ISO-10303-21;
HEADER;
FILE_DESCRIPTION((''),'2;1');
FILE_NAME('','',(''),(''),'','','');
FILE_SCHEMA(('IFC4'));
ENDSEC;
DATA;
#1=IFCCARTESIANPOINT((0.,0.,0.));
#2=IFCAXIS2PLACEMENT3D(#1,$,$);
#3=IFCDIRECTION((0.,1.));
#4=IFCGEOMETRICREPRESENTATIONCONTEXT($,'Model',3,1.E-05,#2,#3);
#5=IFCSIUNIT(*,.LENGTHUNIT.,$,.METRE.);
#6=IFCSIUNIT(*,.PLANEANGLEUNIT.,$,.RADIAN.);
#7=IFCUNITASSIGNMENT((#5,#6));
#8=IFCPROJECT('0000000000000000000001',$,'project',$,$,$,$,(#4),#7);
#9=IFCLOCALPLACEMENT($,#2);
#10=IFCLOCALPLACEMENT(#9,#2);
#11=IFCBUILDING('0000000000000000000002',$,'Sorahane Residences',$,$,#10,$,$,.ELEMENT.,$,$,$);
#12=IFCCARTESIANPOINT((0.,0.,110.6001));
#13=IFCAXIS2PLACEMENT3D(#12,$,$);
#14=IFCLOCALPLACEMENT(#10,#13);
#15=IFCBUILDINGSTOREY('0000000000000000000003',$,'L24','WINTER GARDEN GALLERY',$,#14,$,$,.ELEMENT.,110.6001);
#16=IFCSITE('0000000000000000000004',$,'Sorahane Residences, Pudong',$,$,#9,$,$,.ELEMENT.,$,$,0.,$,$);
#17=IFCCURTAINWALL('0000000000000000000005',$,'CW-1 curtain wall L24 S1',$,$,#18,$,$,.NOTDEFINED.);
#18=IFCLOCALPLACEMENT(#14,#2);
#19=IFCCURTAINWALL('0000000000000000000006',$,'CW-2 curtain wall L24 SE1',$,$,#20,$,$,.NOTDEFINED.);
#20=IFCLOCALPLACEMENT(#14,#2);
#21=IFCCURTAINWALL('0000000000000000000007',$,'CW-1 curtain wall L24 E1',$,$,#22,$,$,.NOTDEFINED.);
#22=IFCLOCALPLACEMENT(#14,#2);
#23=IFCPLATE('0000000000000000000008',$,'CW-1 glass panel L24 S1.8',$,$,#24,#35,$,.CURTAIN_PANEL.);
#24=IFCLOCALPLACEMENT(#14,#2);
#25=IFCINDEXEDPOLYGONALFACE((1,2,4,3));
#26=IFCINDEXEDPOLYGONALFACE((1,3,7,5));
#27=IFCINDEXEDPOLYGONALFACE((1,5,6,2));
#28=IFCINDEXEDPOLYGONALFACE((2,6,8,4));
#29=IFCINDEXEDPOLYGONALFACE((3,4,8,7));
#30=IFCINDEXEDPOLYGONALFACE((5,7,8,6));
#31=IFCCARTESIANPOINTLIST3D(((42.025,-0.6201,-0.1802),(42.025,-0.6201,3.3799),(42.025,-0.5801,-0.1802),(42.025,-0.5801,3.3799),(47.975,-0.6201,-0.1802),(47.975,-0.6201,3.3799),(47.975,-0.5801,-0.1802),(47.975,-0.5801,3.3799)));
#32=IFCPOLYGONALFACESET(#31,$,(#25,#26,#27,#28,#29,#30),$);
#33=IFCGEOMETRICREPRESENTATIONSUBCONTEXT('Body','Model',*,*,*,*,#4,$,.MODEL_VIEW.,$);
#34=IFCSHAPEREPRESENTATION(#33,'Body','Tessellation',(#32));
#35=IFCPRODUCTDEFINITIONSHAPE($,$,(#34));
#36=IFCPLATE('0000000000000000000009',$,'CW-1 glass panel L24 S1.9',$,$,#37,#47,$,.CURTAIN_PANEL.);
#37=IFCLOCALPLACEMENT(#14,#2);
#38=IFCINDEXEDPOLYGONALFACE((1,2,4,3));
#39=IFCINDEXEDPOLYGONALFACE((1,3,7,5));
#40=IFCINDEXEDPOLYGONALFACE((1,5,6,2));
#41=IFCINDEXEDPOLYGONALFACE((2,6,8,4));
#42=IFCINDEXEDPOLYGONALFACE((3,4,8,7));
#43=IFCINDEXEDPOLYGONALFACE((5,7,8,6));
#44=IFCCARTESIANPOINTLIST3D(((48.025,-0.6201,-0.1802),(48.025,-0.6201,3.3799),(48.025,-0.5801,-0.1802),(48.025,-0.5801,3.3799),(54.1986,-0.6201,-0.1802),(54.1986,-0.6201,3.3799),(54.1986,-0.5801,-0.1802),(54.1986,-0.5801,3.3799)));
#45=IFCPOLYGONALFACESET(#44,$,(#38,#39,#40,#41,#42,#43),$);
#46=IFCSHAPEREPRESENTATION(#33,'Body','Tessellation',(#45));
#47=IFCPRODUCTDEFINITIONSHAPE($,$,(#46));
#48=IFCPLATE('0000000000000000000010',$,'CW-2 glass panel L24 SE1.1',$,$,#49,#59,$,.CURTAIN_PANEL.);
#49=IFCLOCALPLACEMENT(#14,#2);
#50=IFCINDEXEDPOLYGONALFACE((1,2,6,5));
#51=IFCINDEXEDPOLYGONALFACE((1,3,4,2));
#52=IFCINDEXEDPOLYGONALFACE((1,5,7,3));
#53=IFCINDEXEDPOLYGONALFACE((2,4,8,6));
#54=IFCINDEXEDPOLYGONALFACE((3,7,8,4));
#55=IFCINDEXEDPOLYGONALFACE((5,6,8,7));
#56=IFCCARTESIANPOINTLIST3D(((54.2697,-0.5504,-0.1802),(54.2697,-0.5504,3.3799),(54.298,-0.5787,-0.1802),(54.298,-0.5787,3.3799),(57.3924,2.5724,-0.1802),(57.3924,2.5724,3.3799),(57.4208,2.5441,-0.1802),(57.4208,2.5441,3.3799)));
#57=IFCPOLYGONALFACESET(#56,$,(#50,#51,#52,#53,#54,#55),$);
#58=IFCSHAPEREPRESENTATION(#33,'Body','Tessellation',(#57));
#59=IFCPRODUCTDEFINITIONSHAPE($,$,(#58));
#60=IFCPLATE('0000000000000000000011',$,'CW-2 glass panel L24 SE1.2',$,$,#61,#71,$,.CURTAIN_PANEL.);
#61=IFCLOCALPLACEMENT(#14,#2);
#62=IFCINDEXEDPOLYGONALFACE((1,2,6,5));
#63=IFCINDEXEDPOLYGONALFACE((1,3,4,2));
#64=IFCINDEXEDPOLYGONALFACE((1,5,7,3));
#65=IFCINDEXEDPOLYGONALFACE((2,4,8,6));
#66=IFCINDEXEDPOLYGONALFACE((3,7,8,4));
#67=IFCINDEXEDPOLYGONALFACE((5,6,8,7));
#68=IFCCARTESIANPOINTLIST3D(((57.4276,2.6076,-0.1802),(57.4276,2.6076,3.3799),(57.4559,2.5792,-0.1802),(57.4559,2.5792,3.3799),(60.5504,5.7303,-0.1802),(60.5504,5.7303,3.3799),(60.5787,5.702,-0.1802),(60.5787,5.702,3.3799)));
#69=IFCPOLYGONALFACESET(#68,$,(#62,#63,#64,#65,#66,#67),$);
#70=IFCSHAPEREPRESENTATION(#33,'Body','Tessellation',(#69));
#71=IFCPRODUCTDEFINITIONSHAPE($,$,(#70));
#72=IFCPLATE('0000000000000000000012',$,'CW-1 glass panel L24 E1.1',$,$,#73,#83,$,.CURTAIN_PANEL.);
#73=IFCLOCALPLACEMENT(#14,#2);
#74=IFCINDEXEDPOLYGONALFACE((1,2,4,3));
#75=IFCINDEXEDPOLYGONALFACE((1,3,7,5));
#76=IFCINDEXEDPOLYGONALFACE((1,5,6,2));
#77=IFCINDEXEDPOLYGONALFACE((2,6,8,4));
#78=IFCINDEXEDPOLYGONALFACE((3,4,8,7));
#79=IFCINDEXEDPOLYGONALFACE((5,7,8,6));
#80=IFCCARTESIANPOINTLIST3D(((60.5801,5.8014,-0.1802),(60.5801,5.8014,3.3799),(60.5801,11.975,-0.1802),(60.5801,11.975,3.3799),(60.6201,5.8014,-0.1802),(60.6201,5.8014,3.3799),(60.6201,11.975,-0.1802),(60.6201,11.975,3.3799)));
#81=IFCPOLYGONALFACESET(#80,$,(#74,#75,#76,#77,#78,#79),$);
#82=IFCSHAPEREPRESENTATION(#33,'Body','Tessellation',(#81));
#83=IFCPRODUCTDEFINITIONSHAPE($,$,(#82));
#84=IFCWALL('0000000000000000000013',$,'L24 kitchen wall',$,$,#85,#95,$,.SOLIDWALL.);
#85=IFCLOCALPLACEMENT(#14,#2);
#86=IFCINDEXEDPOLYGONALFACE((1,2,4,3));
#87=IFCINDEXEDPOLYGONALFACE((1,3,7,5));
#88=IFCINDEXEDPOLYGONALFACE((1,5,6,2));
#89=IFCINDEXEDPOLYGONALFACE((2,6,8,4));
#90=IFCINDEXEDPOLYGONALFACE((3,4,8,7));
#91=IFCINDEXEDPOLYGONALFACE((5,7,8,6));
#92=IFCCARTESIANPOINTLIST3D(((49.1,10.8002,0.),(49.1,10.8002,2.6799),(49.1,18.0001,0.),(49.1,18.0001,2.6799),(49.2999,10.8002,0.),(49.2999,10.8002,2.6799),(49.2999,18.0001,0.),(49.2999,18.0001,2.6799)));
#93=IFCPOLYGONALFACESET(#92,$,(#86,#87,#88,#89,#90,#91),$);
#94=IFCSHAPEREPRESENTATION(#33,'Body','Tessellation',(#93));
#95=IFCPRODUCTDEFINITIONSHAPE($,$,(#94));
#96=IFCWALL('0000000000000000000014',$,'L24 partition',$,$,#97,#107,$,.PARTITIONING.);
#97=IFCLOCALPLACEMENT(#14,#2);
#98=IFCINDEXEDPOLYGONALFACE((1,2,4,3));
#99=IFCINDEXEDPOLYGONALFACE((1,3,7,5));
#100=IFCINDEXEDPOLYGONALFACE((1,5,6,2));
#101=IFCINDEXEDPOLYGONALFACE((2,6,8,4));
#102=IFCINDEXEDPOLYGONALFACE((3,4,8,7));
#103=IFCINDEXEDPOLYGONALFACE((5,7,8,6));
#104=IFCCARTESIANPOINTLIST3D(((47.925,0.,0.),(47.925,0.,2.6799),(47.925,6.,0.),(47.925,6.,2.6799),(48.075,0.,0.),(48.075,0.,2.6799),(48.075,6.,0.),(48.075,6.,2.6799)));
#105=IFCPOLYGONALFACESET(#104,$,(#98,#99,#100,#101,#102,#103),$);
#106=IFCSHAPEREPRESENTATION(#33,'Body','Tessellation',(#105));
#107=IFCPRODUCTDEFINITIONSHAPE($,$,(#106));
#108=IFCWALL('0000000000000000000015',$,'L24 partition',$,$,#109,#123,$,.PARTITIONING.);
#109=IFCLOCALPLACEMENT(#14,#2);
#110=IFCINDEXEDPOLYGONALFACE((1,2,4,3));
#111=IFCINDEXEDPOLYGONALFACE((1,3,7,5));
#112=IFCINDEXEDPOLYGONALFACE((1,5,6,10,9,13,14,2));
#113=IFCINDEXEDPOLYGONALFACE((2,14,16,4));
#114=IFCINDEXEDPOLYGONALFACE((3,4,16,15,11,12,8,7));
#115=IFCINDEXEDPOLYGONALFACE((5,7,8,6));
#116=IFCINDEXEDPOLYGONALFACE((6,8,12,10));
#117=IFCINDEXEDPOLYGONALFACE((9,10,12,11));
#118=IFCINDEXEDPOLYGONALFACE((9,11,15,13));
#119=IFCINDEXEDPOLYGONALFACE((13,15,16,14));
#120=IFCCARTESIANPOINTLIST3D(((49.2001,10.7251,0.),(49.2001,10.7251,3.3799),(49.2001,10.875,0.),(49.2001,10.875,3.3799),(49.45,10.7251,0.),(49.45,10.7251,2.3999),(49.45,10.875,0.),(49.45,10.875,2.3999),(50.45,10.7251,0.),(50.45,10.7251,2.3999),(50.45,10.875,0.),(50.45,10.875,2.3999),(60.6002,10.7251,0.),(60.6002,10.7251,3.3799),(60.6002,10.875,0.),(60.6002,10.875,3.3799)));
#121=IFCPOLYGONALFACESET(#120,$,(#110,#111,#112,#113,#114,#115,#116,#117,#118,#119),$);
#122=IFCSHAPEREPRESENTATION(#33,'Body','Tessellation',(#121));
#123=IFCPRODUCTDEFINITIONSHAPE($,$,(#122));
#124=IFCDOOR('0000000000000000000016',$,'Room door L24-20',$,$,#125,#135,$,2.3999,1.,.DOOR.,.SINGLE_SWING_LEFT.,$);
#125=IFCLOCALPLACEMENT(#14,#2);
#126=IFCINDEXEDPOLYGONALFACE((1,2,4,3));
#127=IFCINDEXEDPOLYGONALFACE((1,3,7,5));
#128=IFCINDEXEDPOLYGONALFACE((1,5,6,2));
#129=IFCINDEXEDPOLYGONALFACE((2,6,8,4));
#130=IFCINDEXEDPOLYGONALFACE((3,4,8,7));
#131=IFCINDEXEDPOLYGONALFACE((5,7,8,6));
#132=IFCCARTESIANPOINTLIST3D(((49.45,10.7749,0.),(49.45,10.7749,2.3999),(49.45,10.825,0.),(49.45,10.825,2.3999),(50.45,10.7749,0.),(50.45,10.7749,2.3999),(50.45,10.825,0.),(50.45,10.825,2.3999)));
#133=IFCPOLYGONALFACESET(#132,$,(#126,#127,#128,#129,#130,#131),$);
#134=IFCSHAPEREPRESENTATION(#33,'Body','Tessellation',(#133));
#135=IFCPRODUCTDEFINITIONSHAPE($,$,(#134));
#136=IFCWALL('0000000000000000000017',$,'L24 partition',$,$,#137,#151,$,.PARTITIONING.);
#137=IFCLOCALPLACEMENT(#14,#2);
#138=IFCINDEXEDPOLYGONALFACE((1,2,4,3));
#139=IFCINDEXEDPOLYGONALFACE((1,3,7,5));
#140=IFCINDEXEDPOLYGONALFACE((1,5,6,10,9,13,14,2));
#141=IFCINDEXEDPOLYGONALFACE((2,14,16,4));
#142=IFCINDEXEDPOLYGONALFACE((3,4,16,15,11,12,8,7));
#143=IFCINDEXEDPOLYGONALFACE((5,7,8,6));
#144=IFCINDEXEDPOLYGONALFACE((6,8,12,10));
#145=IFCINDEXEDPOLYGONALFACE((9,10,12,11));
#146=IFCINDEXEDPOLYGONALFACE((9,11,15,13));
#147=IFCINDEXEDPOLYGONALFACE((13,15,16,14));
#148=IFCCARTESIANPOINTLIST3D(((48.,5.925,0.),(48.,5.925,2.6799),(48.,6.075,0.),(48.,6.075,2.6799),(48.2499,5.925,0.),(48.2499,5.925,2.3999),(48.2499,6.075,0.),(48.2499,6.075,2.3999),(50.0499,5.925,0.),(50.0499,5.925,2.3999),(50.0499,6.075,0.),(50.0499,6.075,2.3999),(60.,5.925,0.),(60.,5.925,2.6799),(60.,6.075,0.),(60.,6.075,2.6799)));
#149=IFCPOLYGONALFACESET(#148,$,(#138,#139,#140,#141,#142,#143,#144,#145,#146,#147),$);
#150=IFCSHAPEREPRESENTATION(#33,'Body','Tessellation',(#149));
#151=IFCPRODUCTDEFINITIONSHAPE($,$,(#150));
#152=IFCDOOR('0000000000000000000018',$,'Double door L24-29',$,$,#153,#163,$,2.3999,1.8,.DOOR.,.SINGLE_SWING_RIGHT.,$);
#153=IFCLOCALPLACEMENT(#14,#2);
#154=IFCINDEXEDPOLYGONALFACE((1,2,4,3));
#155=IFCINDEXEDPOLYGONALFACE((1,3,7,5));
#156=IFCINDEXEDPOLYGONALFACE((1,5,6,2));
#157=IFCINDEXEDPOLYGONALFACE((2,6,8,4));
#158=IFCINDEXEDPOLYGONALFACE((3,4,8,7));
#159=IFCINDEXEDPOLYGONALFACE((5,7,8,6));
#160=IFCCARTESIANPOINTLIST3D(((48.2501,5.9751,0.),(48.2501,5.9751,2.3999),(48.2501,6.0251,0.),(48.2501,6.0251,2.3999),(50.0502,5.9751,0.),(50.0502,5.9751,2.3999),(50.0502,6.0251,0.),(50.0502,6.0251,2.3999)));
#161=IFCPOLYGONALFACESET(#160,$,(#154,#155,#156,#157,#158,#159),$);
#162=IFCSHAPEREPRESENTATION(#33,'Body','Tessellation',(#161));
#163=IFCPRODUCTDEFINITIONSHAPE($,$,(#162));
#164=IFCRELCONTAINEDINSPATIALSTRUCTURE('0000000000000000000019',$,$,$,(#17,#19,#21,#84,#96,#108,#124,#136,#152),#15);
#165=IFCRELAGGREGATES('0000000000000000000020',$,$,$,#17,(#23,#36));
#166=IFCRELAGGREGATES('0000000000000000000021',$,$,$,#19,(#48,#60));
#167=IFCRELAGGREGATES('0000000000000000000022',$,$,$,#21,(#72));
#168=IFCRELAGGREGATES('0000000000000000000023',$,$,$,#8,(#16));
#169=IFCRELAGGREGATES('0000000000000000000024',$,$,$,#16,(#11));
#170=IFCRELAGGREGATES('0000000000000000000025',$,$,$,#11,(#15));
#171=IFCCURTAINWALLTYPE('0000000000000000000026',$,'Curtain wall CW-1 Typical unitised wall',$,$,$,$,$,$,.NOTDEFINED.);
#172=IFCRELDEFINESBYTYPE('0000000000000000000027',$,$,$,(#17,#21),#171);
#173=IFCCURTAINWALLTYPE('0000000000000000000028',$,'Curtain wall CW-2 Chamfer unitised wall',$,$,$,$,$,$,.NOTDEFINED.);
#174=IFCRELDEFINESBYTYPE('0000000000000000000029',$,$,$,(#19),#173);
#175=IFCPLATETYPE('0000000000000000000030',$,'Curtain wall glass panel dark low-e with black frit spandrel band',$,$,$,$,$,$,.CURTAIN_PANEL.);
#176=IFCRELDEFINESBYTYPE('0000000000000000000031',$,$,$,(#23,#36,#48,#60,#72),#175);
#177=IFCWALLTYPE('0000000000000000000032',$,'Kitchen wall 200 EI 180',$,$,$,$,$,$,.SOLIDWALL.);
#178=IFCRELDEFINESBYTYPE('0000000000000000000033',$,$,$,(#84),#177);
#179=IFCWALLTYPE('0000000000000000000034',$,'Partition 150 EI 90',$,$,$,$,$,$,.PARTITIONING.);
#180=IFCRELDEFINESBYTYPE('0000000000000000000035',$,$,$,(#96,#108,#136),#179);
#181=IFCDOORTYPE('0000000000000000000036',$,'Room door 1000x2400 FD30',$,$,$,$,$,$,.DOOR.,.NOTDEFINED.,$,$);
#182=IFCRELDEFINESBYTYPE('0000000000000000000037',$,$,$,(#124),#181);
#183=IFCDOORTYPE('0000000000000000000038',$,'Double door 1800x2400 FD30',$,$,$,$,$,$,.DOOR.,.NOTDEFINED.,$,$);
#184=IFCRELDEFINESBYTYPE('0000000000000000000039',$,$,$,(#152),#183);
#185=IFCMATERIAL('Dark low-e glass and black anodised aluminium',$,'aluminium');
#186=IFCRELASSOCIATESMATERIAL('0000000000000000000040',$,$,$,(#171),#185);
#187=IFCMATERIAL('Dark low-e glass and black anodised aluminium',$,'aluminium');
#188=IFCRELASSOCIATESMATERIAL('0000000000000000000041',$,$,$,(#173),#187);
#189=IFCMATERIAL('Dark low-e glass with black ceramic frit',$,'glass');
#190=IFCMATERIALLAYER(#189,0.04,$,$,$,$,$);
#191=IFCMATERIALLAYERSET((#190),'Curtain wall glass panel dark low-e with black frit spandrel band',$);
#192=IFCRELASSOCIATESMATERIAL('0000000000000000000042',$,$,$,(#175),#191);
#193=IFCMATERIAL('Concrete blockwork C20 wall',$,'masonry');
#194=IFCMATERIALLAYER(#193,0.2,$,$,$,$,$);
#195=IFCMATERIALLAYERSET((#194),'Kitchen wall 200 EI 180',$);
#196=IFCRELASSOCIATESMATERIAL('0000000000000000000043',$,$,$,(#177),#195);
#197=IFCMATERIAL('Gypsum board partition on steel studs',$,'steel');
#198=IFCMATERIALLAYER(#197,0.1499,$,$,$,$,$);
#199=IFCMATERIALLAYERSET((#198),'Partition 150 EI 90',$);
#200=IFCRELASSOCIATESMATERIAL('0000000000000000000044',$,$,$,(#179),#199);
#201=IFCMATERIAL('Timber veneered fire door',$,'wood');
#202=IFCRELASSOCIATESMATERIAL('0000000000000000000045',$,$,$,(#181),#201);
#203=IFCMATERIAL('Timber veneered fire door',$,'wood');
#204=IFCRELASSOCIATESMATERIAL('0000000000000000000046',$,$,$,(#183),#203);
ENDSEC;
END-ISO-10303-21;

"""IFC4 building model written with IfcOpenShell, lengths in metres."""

from ifc_helpers import new_model, si_unit, direction, frame, frame_2d, origin, origin_2d, place, context, subcontext, project, spatial, rectangle, extrude, material, layer, layer_set, type_object, element, fill, aggregate, save


model = new_model("IFC4")

# Units and contexts
model_context = context("Model", 3, precision=1e-05, world=origin(), true_north=direction((0.0, 1.0)))
body_context = subcontext(model_context, "Body", "Model", "MODEL_VIEW")
ifc_project = project(units=[si_unit("LENGTHUNIT", "METRE"), si_unit("PLANEANGLEUNIT", "RADIAN")], contexts=[model_context])

# Site, building, storey
site_placement = place(None, origin())
site = spatial("IfcSite", under=ifc_project, at=site_placement, Name="Sorahane Residences, Pudong", CompositionType="ELEMENT", RefElevation=0.0)
building_placement = place(site_placement, origin())
building = spatial("IfcBuilding", under=site, at=building_placement, Name="Sorahane Residences", CompositionType="ELEMENT")
storey_placement = place(building_placement, frame((0.0, 0.0, 110.6001)))
storey = spatial("IfcBuildingStorey", under=building, at=storey_placement, Name="L24", Description="WINTER GARDEN GALLERY", CompositionType="ELEMENT", Elevation=110.6001)

# Curtain walls
ifc_material_1 = material(Name="Dark low-e glass and black anodised aluminium", Category="aluminium")
curtain_wall_type_1 = type_object("IfcCurtainWallType", Name="Curtain wall CW-1 Typical unitised wall", PredefinedType="NOTDEFINED", material=ifc_material_1)
curtain_wall_1_placement = place(storey_placement, origin())
curtain_wall_1 = element("IfcCurtainWall", 1, at=curtain_wall_1_placement, inside=storey, type_object=curtain_wall_type_1, Name="CW-1 curtain wall L24 S1", PredefinedType="NOTDEFINED")
ifc_material_2 = material(Name="Dark low-e glass and black anodised aluminium", Category="aluminium")
curtain_wall_type_2 = type_object("IfcCurtainWallType", Name="Curtain wall CW-2 Chamfer unitised wall", PredefinedType="NOTDEFINED", material=ifc_material_2)
curtain_wall_2_placement = place(storey_placement, origin())
curtain_wall_2 = element("IfcCurtainWall", 2, at=curtain_wall_2_placement, inside=storey, type_object=curtain_wall_type_2, Name="CW-2 curtain wall L24 SE1", PredefinedType="NOTDEFINED")

# Curtain wall
curtain_wall_3_placement = place(storey_placement, origin())
curtain_wall_3 = element("IfcCurtainWall", 3, at=curtain_wall_3_placement, inside=storey, type_object=curtain_wall_type_1, Name="CW-1 curtain wall L24 E1", PredefinedType="NOTDEFINED")

# Plates
ifc_material_3 = material(Name="Dark low-e glass with black ceramic frit", Category="glass")
ifc_layer_1 = layer(ifc_material_3, 0.04)
ifc_layer_set_1 = layer_set([ifc_layer_1], Name="Curtain wall glass panel dark low-e with black frit spandrel band")
plate_type = type_object("IfcPlateType", Name="Curtain wall glass panel dark low-e with black frit spandrel band", PredefinedType="CURTAIN_PANEL", material=ifc_layer_set_1)
plate_1_placement = place(storey_placement, frame((45.0, -0.6001, -0.1802), z_axis=(0.0, 0.0, 1.0), x_axis=(1.0, 0.0, 0.0)))
plate_1 = element("IfcPlate", 4, at=plate_1_placement, type_object=plate_type, Name="CW-1 glass panel L24 S1.8", PredefinedType="CURTAIN_PANEL", context=body_context, shape_type="SweptSolid", body=[
    extrude(rectangle(XDim=5.95, YDim=0.04, at=origin_2d()), origin(), (0.0, 0.0, 1.0), 3.5601),
])
plate_2_placement = place(storey_placement, frame((51.1118, -0.6001, -0.1802), z_axis=(0.0, 0.0, 1.0), x_axis=(1.0, 0.0, 0.0)))
plate_2 = element("IfcPlate", 5, at=plate_2_placement, type_object=plate_type, Name="CW-1 glass panel L24 S1.9", PredefinedType="CURTAIN_PANEL", context=body_context, shape_type="SweptSolid", body=[
    extrude(rectangle(XDim=6.1736, YDim=0.04, at=origin_2d()), origin(), (0.0, 0.0, 1.0), 3.5601),
])
aggregate(curtain_wall_1, [plate_1, plate_2])
plate_3_placement = place(storey_placement, frame((55.8452, 0.9968, -0.1802), z_axis=(0.0, 0.0, 1.0), x_axis=(0.707107, 0.707107, 0.0)))
plate_3 = element("IfcPlate", 6, at=plate_3_placement, type_object=plate_type, Name="CW-2 glass panel L24 SE1.1", PredefinedType="CURTAIN_PANEL", context=body_context, shape_type="SweptSolid", body=[
    extrude(rectangle(XDim=4.4163, YDim=0.04, at=origin_2d()), origin(), (0.0, 0.0, 1.0), 3.5601),
])
plate_4_placement = place(storey_placement, frame((59.0032, 4.1548, -0.1802), z_axis=(0.0, 0.0, 1.0), x_axis=(0.707107, 0.707107, 0.0)))
plate_4 = element("IfcPlate", 7, at=plate_4_placement, type_object=plate_type, Name="CW-2 glass panel L24 SE1.2", PredefinedType="CURTAIN_PANEL", context=body_context, shape_type="SweptSolid", body=[
    extrude(rectangle(XDim=4.4163, YDim=0.04, at=origin_2d()), origin(), (0.0, 0.0, 1.0), 3.5601),
])
aggregate(curtain_wall_2, [plate_3, plate_4])
plate_5_placement = place(storey_placement, frame((60.6001, 8.8882, -0.1802), z_axis=(0.0, 0.0, 1.0), x_axis=(0.0, 1.0, 0.0)))
plate_5 = element("IfcPlate", 8, at=plate_5_placement, type_object=plate_type, Name="CW-1 glass panel L24 E1.1", PredefinedType="CURTAIN_PANEL", context=body_context, shape_type="SweptSolid", body=[
    extrude(rectangle(XDim=6.1736, YDim=0.04, at=origin_2d()), origin(), (0.0, 0.0, 1.0), 3.5601),
])
aggregate(curtain_wall_3, [plate_5])

# Walls
ifc_material_4 = material(Name="Concrete blockwork C20 wall", Category="masonry")
ifc_layer_2 = layer(ifc_material_4, 0.2)
ifc_layer_set_2 = layer_set([ifc_layer_2], Name="Kitchen wall 200 EI 180")
wall_type_1 = type_object("IfcWallType", Name="Kitchen wall 200 EI 180", PredefinedType="SOLIDWALL", material=ifc_layer_set_2)
wall_1_placement = place(storey_placement, frame((49.2, 10.8, 0.0), z_axis=(0.0, 0.0, 1.0), x_axis=(0.0, 1.0, 0.0)))
element("IfcWall", 9, at=wall_1_placement, inside=storey, type_object=wall_type_1, Name="L24 kitchen wall", PredefinedType="SOLIDWALL", context=body_context, shape_type="SweptSolid", body=[
    extrude(rectangle(XDim=7.2, YDim=0.2, at=frame_2d((3.6001, 0.0))), origin(), (0.0, 0.0, 1.0), 2.6799),
])
ifc_material_5 = material(Name="Gypsum board partition on steel studs", Category="steel")
ifc_layer_3 = layer(ifc_material_5, 0.1499)
ifc_layer_set_3 = layer_set([ifc_layer_3], Name="Partition 150 EI 90")
wall_type_2 = type_object("IfcWallType", Name="Partition 150 EI 90", PredefinedType="PARTITIONING", material=ifc_layer_set_3)
wall_2_placement = place(storey_placement, frame((48.0, 0.0, 0.0), z_axis=(0.0, 0.0, 1.0), x_axis=(0.0, 1.0, 0.0)))
element("IfcWall", 10, at=wall_2_placement, inside=storey, type_object=wall_type_2, Name="L24 partition", PredefinedType="PARTITIONING", context=body_context, shape_type="SweptSolid", body=[
    extrude(rectangle(XDim=6.0, YDim=0.1499, at=frame_2d((3.0, 0.0))), origin(), (0.0, 0.0, 1.0), 2.6799),
])

# Walls, openings, doors
wall_3_placement = place(storey_placement, frame((49.2, 10.8, 0.0), z_axis=(0.0, 0.0, 1.0), x_axis=(1.0, 0.0, 0.0)))
wall_3 = element("IfcWall", 11, at=wall_3_placement, inside=storey, type_object=wall_type_2, Name="L24 partition", PredefinedType="PARTITIONING", context=body_context, shape_type="SweptSolid", body=[
    extrude(rectangle(XDim=11.4001, YDim=0.1499, at=frame_2d((5.7002, 0.0))), origin(), (0.0, 0.0, 1.0), 3.3799),
])
opening_1_placement = place(wall_3_placement, frame((0.25, 0.0, 0.0)))
opening_1 = element("IfcOpeningElement", 12, at=opening_1_placement, cuts=wall_3, PredefinedType="OPENING", context=body_context, shape_type="SweptSolid", body=[
    extrude(rectangle(XDim=1.0, YDim=2.3999, at=frame_2d((0.5, 1.2))), frame((0.0, 0.085, 0.0), z_axis=(0.0, -1.0, 0.0), x_axis=(1.0, 0.0, 0.0)), (0.0, 0.0, 1.0), 0.1699),
])
ifc_material_6 = material(Name="Timber veneered fire door", Category="wood")
door_type_1 = type_object("IfcDoorType", Name="Room door 1000x2400 FD30", OperationType="NOTDEFINED", PredefinedType="DOOR", material=ifc_material_6)
door_1_placement = place(opening_1_placement, origin())
door_1 = element("IfcDoor", 13, at=door_1_placement, inside=storey, type_object=door_type_1, Name="Room door L24-20", OperationType="SINGLE_SWING_LEFT", OverallHeight=2.3999, OverallWidth=1.0, PredefinedType="DOOR", context=body_context, shape_type="SweptSolid", body=[
    extrude(rectangle(XDim=1.0, YDim=2.3999, at=frame_2d((0.5, 1.2))), frame((0.0, 0.0249, 0.0), z_axis=(0.0, -1.0, 0.0), x_axis=(1.0, 0.0, 0.0)), (0.0, 0.0, 1.0), 0.05),
])
fill(opening_1, door_1)
wall_4_placement = place(storey_placement, frame((48.0, 6.0, 0.0), z_axis=(0.0, 0.0, 1.0), x_axis=(1.0, 0.0, 0.0)))
wall_4 = element("IfcWall", 14, at=wall_4_placement, inside=storey, type_object=wall_type_2, Name="L24 partition", PredefinedType="PARTITIONING", context=body_context, shape_type="SweptSolid", body=[
    extrude(rectangle(XDim=12.0, YDim=0.1499, at=frame_2d((6.0, 0.0))), origin(), (0.0, 0.0, 1.0), 2.6799),
])
opening_2_placement = place(wall_4_placement, frame((0.25, 0.0, 0.0)))
opening_2 = element("IfcOpeningElement", 15, at=opening_2_placement, cuts=wall_4, PredefinedType="OPENING", context=body_context, shape_type="SweptSolid", body=[
    extrude(rectangle(XDim=1.8, YDim=2.3999, at=frame_2d((0.8999, 1.2))), frame((0.0, 0.085, 0.0), z_axis=(0.0, -1.0, 0.0), x_axis=(1.0, 0.0, 0.0)), (0.0, 0.0, 1.0), 0.1699),
])
ifc_material_7 = material(Name="Timber veneered fire door", Category="wood")
door_type_2 = type_object("IfcDoorType", Name="Double door 1800x2400 FD30", OperationType="NOTDEFINED", PredefinedType="DOOR", material=ifc_material_7)
door_2_placement = place(opening_2_placement, frame((1.8, 0.0, 0.0), z_axis=(0.0, 0.0, 1.0), x_axis=(-1.0, 0.0, 0.0)))
door_2 = element("IfcDoor", 16, at=door_2_placement, inside=storey, type_object=door_type_2, Name="Double door L24-29", OperationType="SINGLE_SWING_RIGHT", OverallHeight=2.3999, OverallWidth=1.8, PredefinedType="DOOR", context=body_context, shape_type="SweptSolid", body=[
    extrude(rectangle(XDim=1.8, YDim=2.3999, at=frame_2d((0.8999, 1.2))), frame((0.0, 0.0249, 0.0), z_axis=(0.0, -1.0, 0.0), x_axis=(1.0, 0.0, 0.0)), (0.0, 0.0, 1.0), 0.05),
])
fill(opening_2, door_2)

save(model, "model.ifc")
